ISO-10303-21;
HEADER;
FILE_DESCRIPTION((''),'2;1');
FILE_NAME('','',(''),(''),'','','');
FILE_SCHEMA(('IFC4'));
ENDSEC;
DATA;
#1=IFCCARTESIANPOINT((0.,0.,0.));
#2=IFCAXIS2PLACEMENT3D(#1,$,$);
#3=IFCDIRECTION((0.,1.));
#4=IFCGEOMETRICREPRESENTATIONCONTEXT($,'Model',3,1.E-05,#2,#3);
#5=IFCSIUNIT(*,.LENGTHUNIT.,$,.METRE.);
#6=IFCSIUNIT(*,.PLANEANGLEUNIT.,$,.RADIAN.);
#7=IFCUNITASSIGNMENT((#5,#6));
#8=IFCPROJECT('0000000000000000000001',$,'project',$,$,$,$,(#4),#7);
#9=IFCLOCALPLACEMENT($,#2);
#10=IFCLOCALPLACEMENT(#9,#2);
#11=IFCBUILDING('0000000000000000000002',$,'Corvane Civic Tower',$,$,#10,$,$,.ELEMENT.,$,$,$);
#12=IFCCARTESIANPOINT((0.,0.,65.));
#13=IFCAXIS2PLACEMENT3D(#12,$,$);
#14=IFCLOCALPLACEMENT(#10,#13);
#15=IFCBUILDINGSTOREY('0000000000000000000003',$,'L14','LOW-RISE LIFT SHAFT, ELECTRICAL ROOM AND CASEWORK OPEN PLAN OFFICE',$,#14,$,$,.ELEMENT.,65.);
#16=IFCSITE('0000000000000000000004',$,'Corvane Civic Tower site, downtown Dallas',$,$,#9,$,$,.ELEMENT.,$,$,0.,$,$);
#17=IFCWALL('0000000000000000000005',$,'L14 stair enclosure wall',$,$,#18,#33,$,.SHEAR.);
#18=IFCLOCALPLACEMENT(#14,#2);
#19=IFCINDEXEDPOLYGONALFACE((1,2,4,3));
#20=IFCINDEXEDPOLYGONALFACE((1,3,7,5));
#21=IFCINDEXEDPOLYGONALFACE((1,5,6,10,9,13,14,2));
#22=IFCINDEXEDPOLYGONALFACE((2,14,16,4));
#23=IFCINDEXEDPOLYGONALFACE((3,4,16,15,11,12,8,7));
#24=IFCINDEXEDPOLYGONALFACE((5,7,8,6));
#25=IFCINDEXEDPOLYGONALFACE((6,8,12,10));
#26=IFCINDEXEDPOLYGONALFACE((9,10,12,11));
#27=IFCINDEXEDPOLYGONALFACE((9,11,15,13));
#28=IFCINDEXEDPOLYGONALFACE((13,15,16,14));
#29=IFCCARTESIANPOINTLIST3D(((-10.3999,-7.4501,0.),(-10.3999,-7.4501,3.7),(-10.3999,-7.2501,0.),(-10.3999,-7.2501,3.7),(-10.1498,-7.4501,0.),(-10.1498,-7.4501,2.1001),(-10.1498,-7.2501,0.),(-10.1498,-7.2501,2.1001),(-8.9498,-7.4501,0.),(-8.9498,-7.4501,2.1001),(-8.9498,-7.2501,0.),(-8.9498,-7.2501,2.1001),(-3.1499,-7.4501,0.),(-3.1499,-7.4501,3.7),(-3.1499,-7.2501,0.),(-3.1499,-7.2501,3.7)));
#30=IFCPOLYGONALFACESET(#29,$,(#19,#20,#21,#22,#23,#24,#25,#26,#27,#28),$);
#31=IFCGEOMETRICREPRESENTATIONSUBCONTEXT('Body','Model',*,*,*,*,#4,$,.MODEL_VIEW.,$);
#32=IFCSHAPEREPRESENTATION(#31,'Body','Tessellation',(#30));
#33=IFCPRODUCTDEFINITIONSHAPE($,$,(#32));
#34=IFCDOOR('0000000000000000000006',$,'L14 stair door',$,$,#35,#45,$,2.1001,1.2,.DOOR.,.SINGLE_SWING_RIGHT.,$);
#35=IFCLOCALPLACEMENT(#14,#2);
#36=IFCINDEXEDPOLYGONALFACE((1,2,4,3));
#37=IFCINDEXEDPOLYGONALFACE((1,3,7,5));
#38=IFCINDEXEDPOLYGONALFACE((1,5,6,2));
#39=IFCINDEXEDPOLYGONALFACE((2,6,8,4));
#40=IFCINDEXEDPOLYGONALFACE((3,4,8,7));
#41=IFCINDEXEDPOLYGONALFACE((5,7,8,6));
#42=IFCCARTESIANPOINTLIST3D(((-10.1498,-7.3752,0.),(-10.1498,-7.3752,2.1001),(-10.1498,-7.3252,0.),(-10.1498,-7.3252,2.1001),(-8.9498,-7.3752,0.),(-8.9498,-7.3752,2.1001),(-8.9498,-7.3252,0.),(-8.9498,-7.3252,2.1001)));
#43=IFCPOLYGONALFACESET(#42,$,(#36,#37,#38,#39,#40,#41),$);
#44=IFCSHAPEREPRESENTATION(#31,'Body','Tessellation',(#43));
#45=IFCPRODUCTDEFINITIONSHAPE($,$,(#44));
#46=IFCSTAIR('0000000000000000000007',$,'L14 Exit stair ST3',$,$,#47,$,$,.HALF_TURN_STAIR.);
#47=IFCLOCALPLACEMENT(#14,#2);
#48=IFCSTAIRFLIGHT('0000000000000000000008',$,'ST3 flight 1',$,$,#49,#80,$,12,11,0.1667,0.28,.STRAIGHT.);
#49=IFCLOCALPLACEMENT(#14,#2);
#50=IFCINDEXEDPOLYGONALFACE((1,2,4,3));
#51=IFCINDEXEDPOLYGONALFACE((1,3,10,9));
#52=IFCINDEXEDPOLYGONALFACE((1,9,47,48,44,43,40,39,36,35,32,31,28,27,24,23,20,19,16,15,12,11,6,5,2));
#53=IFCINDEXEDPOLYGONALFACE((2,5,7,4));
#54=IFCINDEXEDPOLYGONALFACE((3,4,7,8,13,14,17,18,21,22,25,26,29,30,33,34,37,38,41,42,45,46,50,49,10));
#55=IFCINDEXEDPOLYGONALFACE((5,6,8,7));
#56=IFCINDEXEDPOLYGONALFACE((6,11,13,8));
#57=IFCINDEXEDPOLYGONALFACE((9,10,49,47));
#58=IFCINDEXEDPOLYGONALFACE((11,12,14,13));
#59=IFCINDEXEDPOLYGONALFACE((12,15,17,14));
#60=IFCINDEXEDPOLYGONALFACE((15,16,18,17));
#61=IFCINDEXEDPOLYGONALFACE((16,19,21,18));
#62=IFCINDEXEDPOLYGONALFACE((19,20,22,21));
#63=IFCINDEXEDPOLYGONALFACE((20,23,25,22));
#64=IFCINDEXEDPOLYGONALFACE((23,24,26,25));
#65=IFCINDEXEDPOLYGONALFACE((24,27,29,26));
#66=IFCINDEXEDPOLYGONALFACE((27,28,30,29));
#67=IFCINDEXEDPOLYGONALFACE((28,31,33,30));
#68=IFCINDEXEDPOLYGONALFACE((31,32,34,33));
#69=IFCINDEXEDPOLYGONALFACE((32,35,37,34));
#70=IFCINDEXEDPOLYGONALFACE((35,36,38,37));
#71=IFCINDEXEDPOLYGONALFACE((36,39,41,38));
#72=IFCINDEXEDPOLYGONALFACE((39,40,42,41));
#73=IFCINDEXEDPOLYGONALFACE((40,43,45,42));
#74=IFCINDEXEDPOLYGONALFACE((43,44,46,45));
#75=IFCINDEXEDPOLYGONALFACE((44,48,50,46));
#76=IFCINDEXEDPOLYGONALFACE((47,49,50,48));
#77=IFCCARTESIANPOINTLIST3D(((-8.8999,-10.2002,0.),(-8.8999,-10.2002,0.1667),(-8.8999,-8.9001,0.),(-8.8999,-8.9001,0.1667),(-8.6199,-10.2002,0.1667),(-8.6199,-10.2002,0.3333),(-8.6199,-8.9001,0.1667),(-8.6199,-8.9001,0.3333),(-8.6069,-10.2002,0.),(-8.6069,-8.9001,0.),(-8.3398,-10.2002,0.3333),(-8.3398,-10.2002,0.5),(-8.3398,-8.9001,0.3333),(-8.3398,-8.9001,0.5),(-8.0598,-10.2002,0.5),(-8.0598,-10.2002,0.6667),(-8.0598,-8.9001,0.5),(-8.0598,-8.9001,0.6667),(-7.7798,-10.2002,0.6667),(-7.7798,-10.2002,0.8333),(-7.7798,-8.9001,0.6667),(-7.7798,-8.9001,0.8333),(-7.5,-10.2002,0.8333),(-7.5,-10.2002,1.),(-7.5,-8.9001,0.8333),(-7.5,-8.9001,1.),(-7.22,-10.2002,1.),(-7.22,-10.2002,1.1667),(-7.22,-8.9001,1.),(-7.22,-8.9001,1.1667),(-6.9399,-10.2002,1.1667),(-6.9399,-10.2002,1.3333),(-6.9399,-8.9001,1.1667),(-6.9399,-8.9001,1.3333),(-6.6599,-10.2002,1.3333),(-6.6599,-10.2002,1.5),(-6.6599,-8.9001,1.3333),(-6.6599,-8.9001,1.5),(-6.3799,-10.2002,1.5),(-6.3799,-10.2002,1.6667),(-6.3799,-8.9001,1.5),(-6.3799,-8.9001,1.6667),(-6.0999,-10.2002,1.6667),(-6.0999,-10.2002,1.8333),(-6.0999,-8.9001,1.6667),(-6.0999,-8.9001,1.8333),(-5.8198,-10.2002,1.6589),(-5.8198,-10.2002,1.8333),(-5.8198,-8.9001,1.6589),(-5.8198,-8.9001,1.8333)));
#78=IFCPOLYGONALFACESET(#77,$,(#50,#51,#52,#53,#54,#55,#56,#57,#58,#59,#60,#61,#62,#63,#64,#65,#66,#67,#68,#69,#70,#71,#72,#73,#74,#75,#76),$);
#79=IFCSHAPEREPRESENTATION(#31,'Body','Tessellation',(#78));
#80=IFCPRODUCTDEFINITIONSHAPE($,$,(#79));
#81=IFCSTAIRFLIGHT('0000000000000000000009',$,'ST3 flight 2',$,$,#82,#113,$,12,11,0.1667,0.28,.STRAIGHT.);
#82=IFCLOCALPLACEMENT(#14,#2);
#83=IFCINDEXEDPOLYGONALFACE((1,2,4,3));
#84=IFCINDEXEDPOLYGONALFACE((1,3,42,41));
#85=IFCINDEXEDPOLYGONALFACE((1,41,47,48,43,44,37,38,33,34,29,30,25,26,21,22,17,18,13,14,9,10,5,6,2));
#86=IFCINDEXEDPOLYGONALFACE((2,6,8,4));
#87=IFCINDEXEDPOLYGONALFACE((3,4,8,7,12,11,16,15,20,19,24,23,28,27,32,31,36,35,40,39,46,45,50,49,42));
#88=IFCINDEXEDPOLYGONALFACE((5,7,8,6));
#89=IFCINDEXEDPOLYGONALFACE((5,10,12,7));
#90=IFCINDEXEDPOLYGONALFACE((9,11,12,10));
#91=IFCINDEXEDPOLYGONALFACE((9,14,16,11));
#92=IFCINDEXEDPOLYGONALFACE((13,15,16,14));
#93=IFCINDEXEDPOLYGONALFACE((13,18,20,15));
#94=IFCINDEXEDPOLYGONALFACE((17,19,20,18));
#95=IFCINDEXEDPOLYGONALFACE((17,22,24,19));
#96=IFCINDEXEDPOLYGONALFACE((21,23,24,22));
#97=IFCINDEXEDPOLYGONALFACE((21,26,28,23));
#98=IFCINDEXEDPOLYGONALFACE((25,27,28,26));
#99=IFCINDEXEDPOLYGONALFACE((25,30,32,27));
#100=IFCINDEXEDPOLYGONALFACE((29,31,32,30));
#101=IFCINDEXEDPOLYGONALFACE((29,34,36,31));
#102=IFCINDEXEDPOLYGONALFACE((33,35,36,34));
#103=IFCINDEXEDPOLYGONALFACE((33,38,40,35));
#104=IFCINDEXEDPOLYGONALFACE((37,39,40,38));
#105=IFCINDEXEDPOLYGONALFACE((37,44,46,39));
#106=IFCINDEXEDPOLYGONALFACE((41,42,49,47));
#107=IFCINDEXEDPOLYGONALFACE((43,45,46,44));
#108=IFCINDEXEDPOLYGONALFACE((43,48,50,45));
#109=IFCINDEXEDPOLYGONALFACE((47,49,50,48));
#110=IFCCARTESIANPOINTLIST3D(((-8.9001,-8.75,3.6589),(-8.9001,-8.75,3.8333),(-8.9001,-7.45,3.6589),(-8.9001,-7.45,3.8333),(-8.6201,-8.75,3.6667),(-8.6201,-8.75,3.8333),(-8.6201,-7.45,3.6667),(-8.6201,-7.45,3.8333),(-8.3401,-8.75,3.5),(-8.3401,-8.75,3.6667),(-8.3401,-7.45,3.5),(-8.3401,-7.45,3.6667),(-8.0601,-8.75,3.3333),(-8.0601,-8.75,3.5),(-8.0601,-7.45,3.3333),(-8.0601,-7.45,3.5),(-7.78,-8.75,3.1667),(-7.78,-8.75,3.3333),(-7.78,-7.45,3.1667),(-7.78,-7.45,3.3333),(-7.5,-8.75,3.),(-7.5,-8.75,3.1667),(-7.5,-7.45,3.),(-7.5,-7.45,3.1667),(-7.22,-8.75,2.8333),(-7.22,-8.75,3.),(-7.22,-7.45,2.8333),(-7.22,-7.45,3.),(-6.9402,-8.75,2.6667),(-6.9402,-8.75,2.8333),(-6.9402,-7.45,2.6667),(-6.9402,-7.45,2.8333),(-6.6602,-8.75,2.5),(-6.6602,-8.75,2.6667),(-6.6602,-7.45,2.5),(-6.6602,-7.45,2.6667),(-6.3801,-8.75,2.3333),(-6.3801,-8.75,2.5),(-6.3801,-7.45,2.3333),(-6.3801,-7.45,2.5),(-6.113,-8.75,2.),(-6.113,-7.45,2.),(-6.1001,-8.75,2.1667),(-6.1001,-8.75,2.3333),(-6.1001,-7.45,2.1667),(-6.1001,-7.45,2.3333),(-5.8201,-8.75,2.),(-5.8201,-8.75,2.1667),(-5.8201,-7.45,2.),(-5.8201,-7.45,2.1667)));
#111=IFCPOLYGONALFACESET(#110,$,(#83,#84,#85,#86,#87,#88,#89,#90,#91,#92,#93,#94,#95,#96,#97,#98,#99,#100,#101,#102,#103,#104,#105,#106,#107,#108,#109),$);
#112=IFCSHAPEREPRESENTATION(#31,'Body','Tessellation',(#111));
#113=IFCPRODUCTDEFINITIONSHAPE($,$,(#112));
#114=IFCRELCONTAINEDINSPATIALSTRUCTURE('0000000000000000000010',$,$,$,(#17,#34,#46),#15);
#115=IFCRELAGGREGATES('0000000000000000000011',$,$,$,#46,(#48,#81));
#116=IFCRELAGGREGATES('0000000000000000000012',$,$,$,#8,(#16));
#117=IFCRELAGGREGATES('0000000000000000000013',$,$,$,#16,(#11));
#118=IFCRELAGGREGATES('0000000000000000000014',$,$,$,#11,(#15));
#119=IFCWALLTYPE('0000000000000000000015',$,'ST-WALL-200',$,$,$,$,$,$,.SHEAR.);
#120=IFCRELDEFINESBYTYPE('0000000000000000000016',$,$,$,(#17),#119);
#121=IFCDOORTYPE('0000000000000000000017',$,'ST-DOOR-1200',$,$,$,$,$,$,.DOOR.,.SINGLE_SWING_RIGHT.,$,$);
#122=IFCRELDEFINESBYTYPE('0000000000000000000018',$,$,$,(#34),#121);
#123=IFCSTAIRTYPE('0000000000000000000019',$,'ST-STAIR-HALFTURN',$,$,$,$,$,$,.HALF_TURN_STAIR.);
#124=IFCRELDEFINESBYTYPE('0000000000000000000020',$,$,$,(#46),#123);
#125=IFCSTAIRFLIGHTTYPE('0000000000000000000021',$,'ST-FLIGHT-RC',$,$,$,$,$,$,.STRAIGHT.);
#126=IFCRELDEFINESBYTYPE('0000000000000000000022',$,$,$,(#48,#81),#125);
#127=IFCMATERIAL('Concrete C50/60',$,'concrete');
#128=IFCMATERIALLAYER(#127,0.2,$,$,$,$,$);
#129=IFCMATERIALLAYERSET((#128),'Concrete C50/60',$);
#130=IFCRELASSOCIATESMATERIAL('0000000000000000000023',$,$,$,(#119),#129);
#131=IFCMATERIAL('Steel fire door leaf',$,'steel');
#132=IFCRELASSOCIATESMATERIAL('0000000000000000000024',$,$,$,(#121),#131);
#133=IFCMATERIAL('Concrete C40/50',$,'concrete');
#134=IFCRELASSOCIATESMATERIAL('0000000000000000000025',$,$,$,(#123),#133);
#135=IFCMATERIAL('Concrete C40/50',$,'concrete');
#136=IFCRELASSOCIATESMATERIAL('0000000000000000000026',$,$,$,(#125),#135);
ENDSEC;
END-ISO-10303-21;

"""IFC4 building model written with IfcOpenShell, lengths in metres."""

from ifc_helpers import new_model, si_unit, direction, frame, frame_2d, origin, place, context, subcontext, project, spatial, polyline, rectangle, outline, extrude, material, layer, layer_set, type_object, element, fill, aggregate, save


model = new_model("IFC4")

# Units and contexts
model_context = context("Model", 3, precision=1e-05, world=origin(), true_north=direction((0.0, 1.0)))
body_context = subcontext(model_context, "Body", "Model", "MODEL_VIEW")
ifc_project = project(units=[si_unit("LENGTHUNIT", "METRE"), si_unit("PLANEANGLEUNIT", "RADIAN")], contexts=[model_context])

# Site, building, storey
site_placement = place(None, origin())
site = spatial("IfcSite", under=ifc_project, at=site_placement, Name="Corvane Civic Tower site, downtown Dallas", CompositionType="ELEMENT", RefElevation=0.0)
building_placement = place(site_placement, origin())
building = spatial("IfcBuilding", under=site, at=building_placement, Name="Corvane Civic Tower", CompositionType="ELEMENT")
storey_placement = place(building_placement, frame((0.0, 0.0, 65.0)))
storey = spatial("IfcBuildingStorey", under=building, at=storey_placement, Name="L14", Description="LOW-RISE LIFT SHAFT, ELECTRICAL ROOM AND CASEWORK OPEN PLAN OFFICE", CompositionType="ELEMENT", Elevation=65.0)

# Wall, opening, door
ifc_material_1 = material(Name="Concrete C50/60", Category="concrete")
ifc_layer_1 = layer(ifc_material_1, 0.2)
ifc_layer_set_1 = layer_set([ifc_layer_1], Name="Concrete C50/60")
wall_type_1 = type_object("IfcWallType", Name="ST-WALL-200", PredefinedType="SHEAR", material=ifc_layer_set_1)
wall_1_placement = place(storey_placement, frame((-10.3999, -7.3501, 0.0), z_axis=(0.0, 0.0, 1.0), x_axis=(1.0, 0.0, 0.0)))
wall_1 = element("IfcWall", 1, at=wall_1_placement, inside=storey, type_object=wall_type_1, Name="L14 stair enclosure wall", PredefinedType="SHEAR", context=body_context, shape_type="SweptSolid", body=[
    extrude(rectangle(XDim=7.25, YDim=0.2, at=frame_2d((3.625, 0.0))), origin(), (0.0, 0.0, 1.0), 3.7),
])
opening_1_placement = place(wall_1_placement, frame((0.25, 0.0, 0.0)))
opening_1 = element("IfcOpeningElement", 2, at=opening_1_placement, cuts=wall_1, PredefinedType="OPENING", context=body_context, shape_type="SweptSolid", body=[
    extrude(rectangle(XDim=1.2, YDim=2.1001, at=frame_2d((0.6001, 1.05))), frame((0.0, 0.1099, 0.0), z_axis=(0.0, -1.0, 0.0), x_axis=(1.0, 0.0, 0.0)), (0.0, 0.0, 1.0), 0.22),
])
ifc_material_2 = material(Name="Steel fire door leaf", Category="steel")
door_type_1 = type_object("IfcDoorType", Name="ST-DOOR-1200", OperationType="SINGLE_SWING_RIGHT", PredefinedType="DOOR", material=ifc_material_2)
door_1_placement = place(opening_1_placement, origin())
door_1 = element("IfcDoor", 3, at=door_1_placement, inside=storey, type_object=door_type_1, Name="L14 stair door", OperationType="SINGLE_SWING_RIGHT", OverallHeight=2.1001, OverallWidth=1.2, PredefinedType="DOOR", context=body_context, shape_type="SweptSolid", body=[
    extrude(rectangle(XDim=1.2, YDim=2.1001, at=frame_2d((0.6001, 1.05))), frame((0.0, 0.0249, 0.0), z_axis=(0.0, -1.0, 0.0), x_axis=(1.0, 0.0, 0.0)), (0.0, 0.0, 1.0), 0.05),
])
fill(opening_1, door_1)

# Stair, stair flights
ifc_material_3 = material(Name="Concrete C40/50", Category="concrete")
stair_type = type_object("IfcStairType", Name="ST-STAIR-HALFTURN", PredefinedType="HALF_TURN_STAIR", material=ifc_material_3)
stair_placement = place(storey_placement, origin())
stair = element("IfcStair", 4, at=stair_placement, inside=storey, type_object=stair_type, Name="L14 Exit stair ST3", PredefinedType="HALF_TURN_STAIR")
ifc_material_4 = material(Name="Concrete C40/50", Category="concrete")
stair_flight_type = type_object("IfcStairFlightType", Name="ST-FLIGHT-RC", PredefinedType="STRAIGHT", material=ifc_material_4)
stair_flight_1_placement = place(storey_placement, frame((-8.8999, -9.55, 0.0), z_axis=(0.0, 0.0, 1.0), x_axis=(1.0, 0.0, 0.0)))
stair_flight_1 = element("IfcStairFlight", 5, at=stair_flight_1_placement, type_object=stair_flight_type, Name="ST3 flight 1", NumberOfRisers=12, NumberOfTreads=11, PredefinedType="STRAIGHT", RiserHeight=0.1667, TreadLength=0.28, context=body_context, shape_type="SweptSolid", body=[
    extrude(outline(polyline([(0.0, 0.0), (0.0, 0.1667), (0.28, 0.1667), (0.28, 0.3333), (0.5601, 0.3333), (0.5601, 0.5), (0.8401, 0.5), (0.8401, 0.6667), (1.1201, 0.6667), (1.1201, 0.8333), (1.3999, 0.8333), (1.3999, 1.0), (1.6799, 1.0), (1.6799, 1.1667), (1.96, 1.1667), (1.96, 1.3333), (2.24, 1.3333), (2.24, 1.5), (2.52, 1.5), (2.52, 1.6667), (2.8, 1.6667), (2.8, 1.8333), (3.0801, 1.8333), (3.0801, 2.0), (3.0801, 1.6589), (0.293, 0.0), (0.0, 0.0)])), frame((0.0, 0.6499, 0.0), z_axis=(0.0, -1.0, 0.0), x_axis=(1.0, 0.0, 0.0)), (0.0, 0.0, 1.0), 1.3),
])
stair_flight_2_placement = place(storey_placement, frame((-5.8201, -8.1001, 2.0), z_axis=(0.0, 0.0, 1.0), x_axis=(-1.0, 0.0, 0.0)))
stair_flight_2 = element("IfcStairFlight", 6, at=stair_flight_2_placement, type_object=stair_flight_type, Name="ST3 flight 2", NumberOfRisers=12, NumberOfTreads=11, PredefinedType="STRAIGHT", RiserHeight=0.1667, TreadLength=0.28, context=body_context, shape_type="SweptSolid", body=[
    extrude(outline(polyline([(0.0, 0.0), (0.0, 0.1667), (0.28, 0.1667), (0.28, 0.3333), (0.5601, 0.3333), (0.5601, 0.5), (0.8401, 0.5), (0.8401, 0.6667), (1.1201, 0.6667), (1.1201, 0.8333), (1.3999, 0.8333), (1.3999, 1.0), (1.6799, 1.0), (1.6799, 1.1667), (1.96, 1.1667), (1.96, 1.3333), (2.24, 1.3333), (2.24, 1.5), (2.52, 1.5), (2.52, 1.6667), (2.8, 1.6667), (2.8, 1.8333), (3.0801, 1.8333), (3.0801, 2.0), (3.0801, 1.6589), (0.293, 0.0), (0.0, 0.0)])), frame((0.0, 0.6499, 0.0), z_axis=(0.0, -1.0, 0.0), x_axis=(1.0, 0.0, 0.0)), (0.0, 0.0, 1.0), 1.3),
])
aggregate(stair, [stair_flight_1, stair_flight_2])

save(model, "model.ifc")
